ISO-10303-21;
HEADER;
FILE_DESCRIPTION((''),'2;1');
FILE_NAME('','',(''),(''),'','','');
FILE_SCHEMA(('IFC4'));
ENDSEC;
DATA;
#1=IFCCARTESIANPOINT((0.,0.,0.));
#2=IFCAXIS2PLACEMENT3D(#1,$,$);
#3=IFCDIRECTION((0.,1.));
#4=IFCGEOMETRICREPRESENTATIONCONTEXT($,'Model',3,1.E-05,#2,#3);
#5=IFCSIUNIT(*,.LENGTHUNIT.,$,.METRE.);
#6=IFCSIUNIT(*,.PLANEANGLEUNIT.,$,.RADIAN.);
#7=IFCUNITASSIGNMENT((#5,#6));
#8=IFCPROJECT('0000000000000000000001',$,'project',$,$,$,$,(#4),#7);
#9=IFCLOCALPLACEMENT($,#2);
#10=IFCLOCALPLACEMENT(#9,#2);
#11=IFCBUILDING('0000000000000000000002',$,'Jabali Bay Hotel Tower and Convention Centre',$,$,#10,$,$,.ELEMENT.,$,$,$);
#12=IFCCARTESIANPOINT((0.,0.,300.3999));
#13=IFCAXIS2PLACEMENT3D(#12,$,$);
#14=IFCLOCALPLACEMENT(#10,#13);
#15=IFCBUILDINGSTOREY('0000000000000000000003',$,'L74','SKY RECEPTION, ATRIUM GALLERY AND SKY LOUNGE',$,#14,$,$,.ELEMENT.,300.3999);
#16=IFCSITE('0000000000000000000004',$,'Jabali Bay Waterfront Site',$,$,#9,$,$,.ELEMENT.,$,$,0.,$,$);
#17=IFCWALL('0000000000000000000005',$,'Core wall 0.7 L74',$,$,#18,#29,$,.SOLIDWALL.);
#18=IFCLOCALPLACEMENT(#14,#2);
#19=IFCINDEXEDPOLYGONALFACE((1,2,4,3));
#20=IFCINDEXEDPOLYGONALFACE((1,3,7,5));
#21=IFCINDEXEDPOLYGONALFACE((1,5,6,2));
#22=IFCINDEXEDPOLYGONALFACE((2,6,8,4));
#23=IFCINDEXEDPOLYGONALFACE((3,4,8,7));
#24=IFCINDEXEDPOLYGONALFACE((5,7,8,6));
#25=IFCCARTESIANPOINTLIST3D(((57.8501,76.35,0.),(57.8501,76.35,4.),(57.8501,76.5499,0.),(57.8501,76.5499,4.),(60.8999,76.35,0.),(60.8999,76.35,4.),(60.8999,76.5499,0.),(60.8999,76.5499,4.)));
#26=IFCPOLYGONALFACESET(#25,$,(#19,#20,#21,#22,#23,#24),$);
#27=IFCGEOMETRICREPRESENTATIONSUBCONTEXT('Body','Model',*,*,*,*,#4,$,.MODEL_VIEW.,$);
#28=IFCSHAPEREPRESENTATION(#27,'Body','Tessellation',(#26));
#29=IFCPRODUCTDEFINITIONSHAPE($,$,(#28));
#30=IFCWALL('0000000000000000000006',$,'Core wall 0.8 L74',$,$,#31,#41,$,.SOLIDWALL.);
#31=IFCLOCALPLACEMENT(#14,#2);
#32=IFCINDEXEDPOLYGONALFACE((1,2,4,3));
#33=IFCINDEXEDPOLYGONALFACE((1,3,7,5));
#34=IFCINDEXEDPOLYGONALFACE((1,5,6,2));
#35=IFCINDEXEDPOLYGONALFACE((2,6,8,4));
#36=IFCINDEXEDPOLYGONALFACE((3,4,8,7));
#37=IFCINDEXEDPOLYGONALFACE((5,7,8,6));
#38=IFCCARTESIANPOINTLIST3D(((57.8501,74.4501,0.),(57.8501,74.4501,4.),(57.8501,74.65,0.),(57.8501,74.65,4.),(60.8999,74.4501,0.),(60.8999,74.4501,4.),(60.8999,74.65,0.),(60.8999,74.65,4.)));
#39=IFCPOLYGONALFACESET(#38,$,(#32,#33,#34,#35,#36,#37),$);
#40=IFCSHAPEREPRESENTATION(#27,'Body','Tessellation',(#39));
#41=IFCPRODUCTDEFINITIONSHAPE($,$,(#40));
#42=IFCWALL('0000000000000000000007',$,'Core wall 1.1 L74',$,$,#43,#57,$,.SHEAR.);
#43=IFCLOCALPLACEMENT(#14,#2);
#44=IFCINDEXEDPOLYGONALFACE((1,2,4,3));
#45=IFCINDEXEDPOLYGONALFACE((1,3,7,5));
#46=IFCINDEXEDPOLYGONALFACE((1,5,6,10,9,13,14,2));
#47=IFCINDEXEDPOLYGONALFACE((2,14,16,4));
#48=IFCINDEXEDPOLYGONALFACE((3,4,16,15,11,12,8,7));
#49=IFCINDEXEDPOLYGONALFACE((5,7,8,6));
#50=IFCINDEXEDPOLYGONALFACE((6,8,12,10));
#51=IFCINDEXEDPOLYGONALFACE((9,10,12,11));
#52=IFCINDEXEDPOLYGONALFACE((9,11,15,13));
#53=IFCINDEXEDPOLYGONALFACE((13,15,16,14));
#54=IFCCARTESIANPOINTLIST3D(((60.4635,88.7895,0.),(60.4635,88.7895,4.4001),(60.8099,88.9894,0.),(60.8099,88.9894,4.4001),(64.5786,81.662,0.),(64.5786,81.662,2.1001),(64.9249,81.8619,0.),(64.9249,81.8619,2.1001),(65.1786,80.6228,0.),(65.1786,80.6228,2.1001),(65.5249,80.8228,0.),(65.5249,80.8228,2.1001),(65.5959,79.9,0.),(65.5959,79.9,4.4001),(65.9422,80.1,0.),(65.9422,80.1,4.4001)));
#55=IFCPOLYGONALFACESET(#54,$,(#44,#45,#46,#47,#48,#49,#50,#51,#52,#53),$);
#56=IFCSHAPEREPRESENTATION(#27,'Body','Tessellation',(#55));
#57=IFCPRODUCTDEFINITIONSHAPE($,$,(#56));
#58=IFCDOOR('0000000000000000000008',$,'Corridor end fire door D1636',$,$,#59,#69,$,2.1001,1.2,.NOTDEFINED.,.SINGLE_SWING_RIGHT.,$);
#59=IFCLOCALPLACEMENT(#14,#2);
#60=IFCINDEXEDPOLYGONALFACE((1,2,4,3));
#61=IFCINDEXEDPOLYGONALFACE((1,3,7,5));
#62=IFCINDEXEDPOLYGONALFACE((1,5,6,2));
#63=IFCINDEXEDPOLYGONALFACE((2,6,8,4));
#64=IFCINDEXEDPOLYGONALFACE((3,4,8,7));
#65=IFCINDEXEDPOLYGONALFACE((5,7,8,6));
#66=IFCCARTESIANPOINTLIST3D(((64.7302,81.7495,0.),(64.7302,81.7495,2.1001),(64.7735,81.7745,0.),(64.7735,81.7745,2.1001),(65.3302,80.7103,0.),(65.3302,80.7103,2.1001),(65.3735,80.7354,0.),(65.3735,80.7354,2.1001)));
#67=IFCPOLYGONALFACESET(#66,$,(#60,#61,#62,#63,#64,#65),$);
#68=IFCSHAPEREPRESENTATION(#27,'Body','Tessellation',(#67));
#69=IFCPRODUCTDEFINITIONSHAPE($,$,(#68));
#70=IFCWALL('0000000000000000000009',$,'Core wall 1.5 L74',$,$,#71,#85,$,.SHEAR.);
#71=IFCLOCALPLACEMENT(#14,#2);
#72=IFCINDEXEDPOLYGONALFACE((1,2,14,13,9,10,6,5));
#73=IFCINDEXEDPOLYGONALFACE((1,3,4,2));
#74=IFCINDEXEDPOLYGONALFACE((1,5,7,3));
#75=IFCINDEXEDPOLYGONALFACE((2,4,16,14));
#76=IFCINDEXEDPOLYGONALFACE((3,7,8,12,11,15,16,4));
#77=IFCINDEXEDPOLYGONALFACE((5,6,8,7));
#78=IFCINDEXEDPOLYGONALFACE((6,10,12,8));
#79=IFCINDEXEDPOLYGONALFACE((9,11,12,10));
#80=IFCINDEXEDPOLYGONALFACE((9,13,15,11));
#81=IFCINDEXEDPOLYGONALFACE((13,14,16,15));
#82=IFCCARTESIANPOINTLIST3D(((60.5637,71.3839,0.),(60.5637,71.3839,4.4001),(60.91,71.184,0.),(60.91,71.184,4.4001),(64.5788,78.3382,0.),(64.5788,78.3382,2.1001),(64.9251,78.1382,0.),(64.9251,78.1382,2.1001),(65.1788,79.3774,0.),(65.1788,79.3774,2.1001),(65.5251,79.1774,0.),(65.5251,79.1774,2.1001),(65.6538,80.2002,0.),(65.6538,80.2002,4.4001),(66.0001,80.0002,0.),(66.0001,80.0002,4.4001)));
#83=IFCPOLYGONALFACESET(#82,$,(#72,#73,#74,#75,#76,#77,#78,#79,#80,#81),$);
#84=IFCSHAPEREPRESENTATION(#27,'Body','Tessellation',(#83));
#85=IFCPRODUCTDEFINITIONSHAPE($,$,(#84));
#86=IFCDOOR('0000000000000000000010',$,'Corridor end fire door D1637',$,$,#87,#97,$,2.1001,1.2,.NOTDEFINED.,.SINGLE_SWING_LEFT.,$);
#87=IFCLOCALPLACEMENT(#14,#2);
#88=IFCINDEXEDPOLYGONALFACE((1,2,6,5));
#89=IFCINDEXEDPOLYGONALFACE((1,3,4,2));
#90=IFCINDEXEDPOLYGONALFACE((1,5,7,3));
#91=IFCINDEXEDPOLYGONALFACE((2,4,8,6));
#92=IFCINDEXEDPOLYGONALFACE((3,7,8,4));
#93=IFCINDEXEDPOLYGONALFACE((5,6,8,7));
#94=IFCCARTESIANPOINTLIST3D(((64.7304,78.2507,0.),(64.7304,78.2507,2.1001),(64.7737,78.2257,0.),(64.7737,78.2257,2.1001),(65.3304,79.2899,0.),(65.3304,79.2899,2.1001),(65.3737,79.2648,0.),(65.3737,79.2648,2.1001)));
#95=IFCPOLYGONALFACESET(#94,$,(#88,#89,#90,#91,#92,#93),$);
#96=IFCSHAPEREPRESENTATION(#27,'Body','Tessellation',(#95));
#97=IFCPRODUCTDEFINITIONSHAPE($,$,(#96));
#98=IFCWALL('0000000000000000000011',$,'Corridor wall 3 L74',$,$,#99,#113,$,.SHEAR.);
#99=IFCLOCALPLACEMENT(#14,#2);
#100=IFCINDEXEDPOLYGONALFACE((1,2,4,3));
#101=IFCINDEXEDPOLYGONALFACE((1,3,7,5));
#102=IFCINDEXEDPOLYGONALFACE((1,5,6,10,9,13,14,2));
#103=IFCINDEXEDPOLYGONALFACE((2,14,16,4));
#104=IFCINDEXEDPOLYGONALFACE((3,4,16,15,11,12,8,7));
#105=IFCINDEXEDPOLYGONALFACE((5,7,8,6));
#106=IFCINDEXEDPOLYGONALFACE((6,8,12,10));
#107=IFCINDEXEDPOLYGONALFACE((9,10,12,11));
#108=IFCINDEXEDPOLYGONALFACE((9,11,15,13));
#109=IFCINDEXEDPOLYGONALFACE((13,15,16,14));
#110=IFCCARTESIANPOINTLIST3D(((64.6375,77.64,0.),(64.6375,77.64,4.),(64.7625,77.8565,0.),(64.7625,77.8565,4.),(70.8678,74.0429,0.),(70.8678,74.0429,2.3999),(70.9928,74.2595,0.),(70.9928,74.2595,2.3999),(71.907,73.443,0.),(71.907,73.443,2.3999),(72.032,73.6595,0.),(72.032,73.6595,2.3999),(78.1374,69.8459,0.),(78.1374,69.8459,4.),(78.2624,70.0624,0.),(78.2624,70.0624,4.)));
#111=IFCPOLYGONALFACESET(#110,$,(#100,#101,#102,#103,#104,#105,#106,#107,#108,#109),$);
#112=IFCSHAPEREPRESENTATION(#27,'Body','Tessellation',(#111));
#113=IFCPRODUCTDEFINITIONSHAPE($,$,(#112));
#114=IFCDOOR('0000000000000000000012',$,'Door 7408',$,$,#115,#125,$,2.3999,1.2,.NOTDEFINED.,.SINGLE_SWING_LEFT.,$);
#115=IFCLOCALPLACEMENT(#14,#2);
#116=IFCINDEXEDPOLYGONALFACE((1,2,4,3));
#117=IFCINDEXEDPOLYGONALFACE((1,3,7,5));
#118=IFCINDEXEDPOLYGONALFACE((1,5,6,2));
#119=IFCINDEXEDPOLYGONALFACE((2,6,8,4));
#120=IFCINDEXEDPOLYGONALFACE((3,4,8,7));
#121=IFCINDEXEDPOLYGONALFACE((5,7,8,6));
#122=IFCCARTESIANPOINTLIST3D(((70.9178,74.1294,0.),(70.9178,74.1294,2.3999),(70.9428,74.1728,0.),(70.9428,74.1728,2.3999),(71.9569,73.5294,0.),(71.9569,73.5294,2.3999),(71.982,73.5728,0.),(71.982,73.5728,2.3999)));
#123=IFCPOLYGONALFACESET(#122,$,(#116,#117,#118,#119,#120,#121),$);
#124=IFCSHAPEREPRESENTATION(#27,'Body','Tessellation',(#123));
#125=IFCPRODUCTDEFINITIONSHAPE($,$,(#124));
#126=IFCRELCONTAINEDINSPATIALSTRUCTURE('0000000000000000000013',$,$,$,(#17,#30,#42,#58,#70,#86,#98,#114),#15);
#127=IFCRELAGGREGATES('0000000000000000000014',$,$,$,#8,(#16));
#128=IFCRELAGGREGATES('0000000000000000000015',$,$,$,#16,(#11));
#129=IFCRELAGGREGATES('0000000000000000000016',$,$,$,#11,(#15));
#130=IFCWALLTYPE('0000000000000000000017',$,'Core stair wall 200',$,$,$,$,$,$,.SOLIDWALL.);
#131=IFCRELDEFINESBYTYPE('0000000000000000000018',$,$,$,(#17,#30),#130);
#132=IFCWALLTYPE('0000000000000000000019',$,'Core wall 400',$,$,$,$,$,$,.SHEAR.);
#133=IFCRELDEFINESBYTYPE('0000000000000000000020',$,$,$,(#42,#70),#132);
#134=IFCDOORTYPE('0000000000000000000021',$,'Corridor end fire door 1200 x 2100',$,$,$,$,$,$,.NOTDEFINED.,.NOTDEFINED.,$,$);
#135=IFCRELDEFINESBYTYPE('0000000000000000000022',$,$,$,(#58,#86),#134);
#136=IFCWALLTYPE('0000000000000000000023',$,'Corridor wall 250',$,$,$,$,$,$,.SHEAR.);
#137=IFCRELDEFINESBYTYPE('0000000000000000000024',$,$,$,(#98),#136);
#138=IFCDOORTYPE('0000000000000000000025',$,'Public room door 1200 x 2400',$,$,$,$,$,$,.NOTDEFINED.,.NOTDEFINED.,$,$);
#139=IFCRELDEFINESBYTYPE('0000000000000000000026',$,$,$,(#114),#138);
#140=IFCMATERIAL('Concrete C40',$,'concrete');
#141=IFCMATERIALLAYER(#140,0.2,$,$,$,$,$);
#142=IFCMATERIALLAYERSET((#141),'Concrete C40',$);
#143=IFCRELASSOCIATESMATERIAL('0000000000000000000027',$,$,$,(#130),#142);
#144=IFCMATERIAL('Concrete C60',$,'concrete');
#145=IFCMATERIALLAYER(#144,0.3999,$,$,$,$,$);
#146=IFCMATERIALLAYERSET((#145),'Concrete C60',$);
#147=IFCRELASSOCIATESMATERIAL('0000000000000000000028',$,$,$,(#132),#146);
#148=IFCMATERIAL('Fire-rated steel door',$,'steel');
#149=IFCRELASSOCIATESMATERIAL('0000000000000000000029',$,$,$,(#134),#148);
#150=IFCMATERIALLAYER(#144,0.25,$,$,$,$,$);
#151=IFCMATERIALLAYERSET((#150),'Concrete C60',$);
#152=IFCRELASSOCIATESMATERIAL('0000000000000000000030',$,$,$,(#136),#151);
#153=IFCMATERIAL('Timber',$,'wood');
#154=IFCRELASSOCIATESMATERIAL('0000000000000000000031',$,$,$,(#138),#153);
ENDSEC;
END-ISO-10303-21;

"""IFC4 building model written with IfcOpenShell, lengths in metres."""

from ifc_helpers import new_model, si_unit, direction, frame, frame_2d, origin, place, context, subcontext, project, spatial, rectangle, extrude, material, layer, layer_set, type_object, element, fill, save


model = new_model("IFC4")

# Units and contexts
model_context = context("Model", 3, precision=1e-05, world=origin(), true_north=direction((0.0, 1.0)))
body_context = subcontext(model_context, "Body", "Model", "MODEL_VIEW")
ifc_project = project(units=[si_unit("LENGTHUNIT", "METRE"), si_unit("PLANEANGLEUNIT", "RADIAN")], contexts=[model_context])

# Site, building, storey
site_placement = place(None, origin())
site = spatial("IfcSite", under=ifc_project, at=site_placement, Name="Jabali Bay Waterfront Site", CompositionType="ELEMENT", RefElevation=0.0)
building_placement = place(site_placement, origin())
building = spatial("IfcBuilding", under=site, at=building_placement, Name="Jabali Bay Hotel Tower and Convention Centre", CompositionType="ELEMENT")
storey_placement = place(building_placement, frame((0.0, 0.0, 300.3999)))
storey = spatial("IfcBuildingStorey", under=building, at=storey_placement, Name="L74", Description="SKY RECEPTION, ATRIUM GALLERY AND SKY LOUNGE", CompositionType="ELEMENT", Elevation=300.3999)

# Shared definitions
ifc_material_1 = material(Name="Concrete C40", Category="concrete")
ifc_material_2 = material(Name="Fire-rated steel door", Category="steel")

# Shared definitions
ifc_layer_1 = layer(ifc_material_1, 0.2)
ifc_layer_set_1 = layer_set([ifc_layer_1], Name="Concrete C40")
wall_type_1 = type_object("IfcWallType", Name="Core stair wall 200", PredefinedType="SOLIDWALL", material=ifc_layer_set_1)

# Walls
for number, where, z_axis, x_axis, name in (
    (1, (60.8999, 76.45, 0.0), (0.0, 0.0, 1.0), (-1.0, 0.0, 0.0), "Core wall 0.7 L74"),
    (2, (60.8999, 74.55, 0.0), (0.0, 0.0, 1.0), (-1.0, 0.0, 0.0), "Core wall 0.8 L74"),
):
    element("IfcWall", number, at=place(storey_placement, frame(where, z_axis=z_axis, x_axis=x_axis)), inside=storey, type_object=wall_type_1, Name=name, PredefinedType="SOLIDWALL", context=body_context, shape_type="SweptSolid", body=[
        extrude(rectangle(XDim=3.0498, YDim=0.2, at=frame_2d((1.5249, 0.0))), origin(), (0.0, 0.0, 1.0), 4.0),
    ])

# Walls, openings, doors
ifc_material_3 = material(Name="Concrete C60", Category="concrete")
ifc_layer_2 = layer(ifc_material_3, 0.3999)
ifc_layer_set_2 = layer_set([ifc_layer_2], Name="Concrete C60")
wall_type_2 = type_object("IfcWallType", Name="Core wall 400", PredefinedType="SHEAR", material=ifc_layer_set_2)
wall_1_placement = place(storey_placement, frame((65.769, 80.0, 0.0), z_axis=(0.0, 0.0, 1.0), x_axis=(-0.500002, 0.866024, 0.0)))
wall_1 = element("IfcWall", 3, at=wall_1_placement, inside=storey, type_object=wall_type_2, Name="Core wall 1.1 L74", PredefinedType="SHEAR", context=body_context, shape_type="SweptSolid", body=[
    extrude(rectangle(XDim=10.2646, YDim=0.3999, at=frame_2d((5.1323, 0.0))), origin(), (0.0, 0.0, 1.0), 4.4001),
])
opening_1_placement = place(wall_1_placement, frame((0.8345, 0.0, 0.0)))
opening_1 = element("IfcOpeningElement", 4, at=opening_1_placement, cuts=wall_1, PredefinedType="OPENING", context=body_context, shape_type="SweptSolid", body=[
    extrude(rectangle(XDim=1.2, YDim=2.1001, at=frame_2d((0.6001, 1.05))), frame((0.0, 0.2104, 0.0), z_axis=(0.0, -1.0, 0.0), x_axis=(1.0, 0.0, 0.0)), (0.0, 0.0, 1.0), 0.4209),
])
door_type_1 = type_object("IfcDoorType", Name="Corridor end fire door 1200 x 2100", OperationType="NOTDEFINED", PredefinedType="NOTDEFINED", material=ifc_material_2)
door_1_placement = place(opening_1_placement, origin())
door_1 = element("IfcDoor", 5, at=door_1_placement, inside=storey, type_object=door_type_1, Name="Corridor end fire door D1636", OperationType="SINGLE_SWING_RIGHT", OverallHeight=2.1001, OverallWidth=1.2, PredefinedType="NOTDEFINED", context=body_context, shape_type="SweptSolid", body=[
    extrude(rectangle(XDim=1.2, YDim=2.1001, at=frame_2d((0.6001, 1.05))), frame((0.0, 0.0249, 0.0), z_axis=(0.0, -1.0, 0.0), x_axis=(1.0, 0.0, 0.0)), (0.0, 0.0, 1.0), 0.05),
])
fill(opening_1, door_1)
wall_2_placement = place(storey_placement, frame((60.7368, 71.2839, 0.0), z_axis=(0.0, 0.0, 1.0), x_axis=(0.500005, 0.866022, 0.0)))
wall_2 = element("IfcWall", 6, at=wall_2_placement, inside=storey, type_object=wall_type_2, Name="Core wall 1.5 L74", PredefinedType="SHEAR", context=body_context, shape_type="SweptSolid", body=[
    extrude(rectangle(XDim=10.1802, YDim=0.3999, at=frame_2d((5.0901, 0.0))), origin(), (0.0, 0.0, 1.0), 4.4001),
])
opening_2_placement = place(wall_2_placement, frame((8.03, 0.0, 0.0)))
opening_2 = element("IfcOpeningElement", 7, at=opening_2_placement, cuts=wall_2, PredefinedType="OPENING", context=body_context, shape_type="SweptSolid", body=[
    extrude(rectangle(XDim=1.2, YDim=2.1001, at=frame_2d((0.6001, 1.05))), frame((0.0, 0.2104, 0.0), z_axis=(0.0, -1.0, 0.0), x_axis=(1.0, 0.0, 0.0)), (0.0, 0.0, 1.0), 0.4209),
])
door_2_placement = place(opening_2_placement, origin())
door_2 = element("IfcDoor", 8, at=door_2_placement, inside=storey, type_object=door_type_1, Name="Corridor end fire door D1637", OperationType="SINGLE_SWING_LEFT", OverallHeight=2.1001, OverallWidth=1.2, PredefinedType="NOTDEFINED", context=body_context, shape_type="SweptSolid", body=[
    extrude(rectangle(XDim=1.2, YDim=2.1001, at=frame_2d((0.6001, 1.05))), frame((0.0, 0.0249, 0.0), z_axis=(0.0, -1.0, 0.0), x_axis=(1.0, 0.0, 0.0)), (0.0, 0.0, 1.0), 0.05),
])
fill(opening_2, door_2)
ifc_layer_3 = layer(ifc_material_3, 0.25)
ifc_layer_set_3 = layer_set([ifc_layer_3], Name="Concrete C60")
wall_type_3 = type_object("IfcWallType", Name="Corridor wall 250", PredefinedType="SHEAR", material=ifc_layer_set_3)
wall_3_placement = place(storey_placement, frame((64.7, 77.7483, 0.0), z_axis=(0.0, 0.0, 1.0), x_axis=(0.866026, -0.499998, 0.0)))
wall_3 = element("IfcWall", 9, at=wall_3_placement, inside=storey, type_object=wall_type_3, Name="Corridor wall 3 L74", PredefinedType="SHEAR", context=body_context, shape_type="SweptSolid", body=[
    extrude(rectangle(XDim=15.5884, YDim=0.25, at=frame_2d((7.7942, 0.0))), origin(), (0.0, 0.0, 1.0), 4.0),
])
opening_3_placement = place(wall_3_placement, frame((7.1941, 0.0, 0.0)))
opening_3 = element("IfcOpeningElement", 10, at=opening_3_placement, cuts=wall_3, PredefinedType="OPENING", context=body_context, shape_type="SweptSolid", body=[
    extrude(rectangle(XDim=1.2, YDim=2.3999, at=frame_2d((0.6001, 1.2))), frame((0.0, 0.1355, 0.0), z_axis=(0.0, -1.0, 0.0), x_axis=(1.0, 0.0, 0.0)), (0.0, 0.0, 1.0), 0.271),
])
ifc_material_4 = material(Name="Timber", Category="wood")
door_type_2 = type_object("IfcDoorType", Name="Public room door 1200 x 2400", OperationType="NOTDEFINED", PredefinedType="NOTDEFINED", material=ifc_material_4)
door_3_placement = place(opening_3_placement, origin())
door_3 = element("IfcDoor", 11, at=door_3_placement, inside=storey, type_object=door_type_2, Name="Door 7408", OperationType="SINGLE_SWING_LEFT", OverallHeight=2.3999, OverallWidth=1.2, PredefinedType="NOTDEFINED", context=body_context, shape_type="SweptSolid", body=[
    extrude(rectangle(XDim=1.2, YDim=2.3999, at=frame_2d((0.6001, 1.2))), frame((0.0, 0.0249, 0.0), z_axis=(0.0, -1.0, 0.0), x_axis=(1.0, 0.0, 0.0)), (0.0, 0.0, 1.0), 0.05),
])
fill(opening_3, door_3)

save(model, "model.ifc")
